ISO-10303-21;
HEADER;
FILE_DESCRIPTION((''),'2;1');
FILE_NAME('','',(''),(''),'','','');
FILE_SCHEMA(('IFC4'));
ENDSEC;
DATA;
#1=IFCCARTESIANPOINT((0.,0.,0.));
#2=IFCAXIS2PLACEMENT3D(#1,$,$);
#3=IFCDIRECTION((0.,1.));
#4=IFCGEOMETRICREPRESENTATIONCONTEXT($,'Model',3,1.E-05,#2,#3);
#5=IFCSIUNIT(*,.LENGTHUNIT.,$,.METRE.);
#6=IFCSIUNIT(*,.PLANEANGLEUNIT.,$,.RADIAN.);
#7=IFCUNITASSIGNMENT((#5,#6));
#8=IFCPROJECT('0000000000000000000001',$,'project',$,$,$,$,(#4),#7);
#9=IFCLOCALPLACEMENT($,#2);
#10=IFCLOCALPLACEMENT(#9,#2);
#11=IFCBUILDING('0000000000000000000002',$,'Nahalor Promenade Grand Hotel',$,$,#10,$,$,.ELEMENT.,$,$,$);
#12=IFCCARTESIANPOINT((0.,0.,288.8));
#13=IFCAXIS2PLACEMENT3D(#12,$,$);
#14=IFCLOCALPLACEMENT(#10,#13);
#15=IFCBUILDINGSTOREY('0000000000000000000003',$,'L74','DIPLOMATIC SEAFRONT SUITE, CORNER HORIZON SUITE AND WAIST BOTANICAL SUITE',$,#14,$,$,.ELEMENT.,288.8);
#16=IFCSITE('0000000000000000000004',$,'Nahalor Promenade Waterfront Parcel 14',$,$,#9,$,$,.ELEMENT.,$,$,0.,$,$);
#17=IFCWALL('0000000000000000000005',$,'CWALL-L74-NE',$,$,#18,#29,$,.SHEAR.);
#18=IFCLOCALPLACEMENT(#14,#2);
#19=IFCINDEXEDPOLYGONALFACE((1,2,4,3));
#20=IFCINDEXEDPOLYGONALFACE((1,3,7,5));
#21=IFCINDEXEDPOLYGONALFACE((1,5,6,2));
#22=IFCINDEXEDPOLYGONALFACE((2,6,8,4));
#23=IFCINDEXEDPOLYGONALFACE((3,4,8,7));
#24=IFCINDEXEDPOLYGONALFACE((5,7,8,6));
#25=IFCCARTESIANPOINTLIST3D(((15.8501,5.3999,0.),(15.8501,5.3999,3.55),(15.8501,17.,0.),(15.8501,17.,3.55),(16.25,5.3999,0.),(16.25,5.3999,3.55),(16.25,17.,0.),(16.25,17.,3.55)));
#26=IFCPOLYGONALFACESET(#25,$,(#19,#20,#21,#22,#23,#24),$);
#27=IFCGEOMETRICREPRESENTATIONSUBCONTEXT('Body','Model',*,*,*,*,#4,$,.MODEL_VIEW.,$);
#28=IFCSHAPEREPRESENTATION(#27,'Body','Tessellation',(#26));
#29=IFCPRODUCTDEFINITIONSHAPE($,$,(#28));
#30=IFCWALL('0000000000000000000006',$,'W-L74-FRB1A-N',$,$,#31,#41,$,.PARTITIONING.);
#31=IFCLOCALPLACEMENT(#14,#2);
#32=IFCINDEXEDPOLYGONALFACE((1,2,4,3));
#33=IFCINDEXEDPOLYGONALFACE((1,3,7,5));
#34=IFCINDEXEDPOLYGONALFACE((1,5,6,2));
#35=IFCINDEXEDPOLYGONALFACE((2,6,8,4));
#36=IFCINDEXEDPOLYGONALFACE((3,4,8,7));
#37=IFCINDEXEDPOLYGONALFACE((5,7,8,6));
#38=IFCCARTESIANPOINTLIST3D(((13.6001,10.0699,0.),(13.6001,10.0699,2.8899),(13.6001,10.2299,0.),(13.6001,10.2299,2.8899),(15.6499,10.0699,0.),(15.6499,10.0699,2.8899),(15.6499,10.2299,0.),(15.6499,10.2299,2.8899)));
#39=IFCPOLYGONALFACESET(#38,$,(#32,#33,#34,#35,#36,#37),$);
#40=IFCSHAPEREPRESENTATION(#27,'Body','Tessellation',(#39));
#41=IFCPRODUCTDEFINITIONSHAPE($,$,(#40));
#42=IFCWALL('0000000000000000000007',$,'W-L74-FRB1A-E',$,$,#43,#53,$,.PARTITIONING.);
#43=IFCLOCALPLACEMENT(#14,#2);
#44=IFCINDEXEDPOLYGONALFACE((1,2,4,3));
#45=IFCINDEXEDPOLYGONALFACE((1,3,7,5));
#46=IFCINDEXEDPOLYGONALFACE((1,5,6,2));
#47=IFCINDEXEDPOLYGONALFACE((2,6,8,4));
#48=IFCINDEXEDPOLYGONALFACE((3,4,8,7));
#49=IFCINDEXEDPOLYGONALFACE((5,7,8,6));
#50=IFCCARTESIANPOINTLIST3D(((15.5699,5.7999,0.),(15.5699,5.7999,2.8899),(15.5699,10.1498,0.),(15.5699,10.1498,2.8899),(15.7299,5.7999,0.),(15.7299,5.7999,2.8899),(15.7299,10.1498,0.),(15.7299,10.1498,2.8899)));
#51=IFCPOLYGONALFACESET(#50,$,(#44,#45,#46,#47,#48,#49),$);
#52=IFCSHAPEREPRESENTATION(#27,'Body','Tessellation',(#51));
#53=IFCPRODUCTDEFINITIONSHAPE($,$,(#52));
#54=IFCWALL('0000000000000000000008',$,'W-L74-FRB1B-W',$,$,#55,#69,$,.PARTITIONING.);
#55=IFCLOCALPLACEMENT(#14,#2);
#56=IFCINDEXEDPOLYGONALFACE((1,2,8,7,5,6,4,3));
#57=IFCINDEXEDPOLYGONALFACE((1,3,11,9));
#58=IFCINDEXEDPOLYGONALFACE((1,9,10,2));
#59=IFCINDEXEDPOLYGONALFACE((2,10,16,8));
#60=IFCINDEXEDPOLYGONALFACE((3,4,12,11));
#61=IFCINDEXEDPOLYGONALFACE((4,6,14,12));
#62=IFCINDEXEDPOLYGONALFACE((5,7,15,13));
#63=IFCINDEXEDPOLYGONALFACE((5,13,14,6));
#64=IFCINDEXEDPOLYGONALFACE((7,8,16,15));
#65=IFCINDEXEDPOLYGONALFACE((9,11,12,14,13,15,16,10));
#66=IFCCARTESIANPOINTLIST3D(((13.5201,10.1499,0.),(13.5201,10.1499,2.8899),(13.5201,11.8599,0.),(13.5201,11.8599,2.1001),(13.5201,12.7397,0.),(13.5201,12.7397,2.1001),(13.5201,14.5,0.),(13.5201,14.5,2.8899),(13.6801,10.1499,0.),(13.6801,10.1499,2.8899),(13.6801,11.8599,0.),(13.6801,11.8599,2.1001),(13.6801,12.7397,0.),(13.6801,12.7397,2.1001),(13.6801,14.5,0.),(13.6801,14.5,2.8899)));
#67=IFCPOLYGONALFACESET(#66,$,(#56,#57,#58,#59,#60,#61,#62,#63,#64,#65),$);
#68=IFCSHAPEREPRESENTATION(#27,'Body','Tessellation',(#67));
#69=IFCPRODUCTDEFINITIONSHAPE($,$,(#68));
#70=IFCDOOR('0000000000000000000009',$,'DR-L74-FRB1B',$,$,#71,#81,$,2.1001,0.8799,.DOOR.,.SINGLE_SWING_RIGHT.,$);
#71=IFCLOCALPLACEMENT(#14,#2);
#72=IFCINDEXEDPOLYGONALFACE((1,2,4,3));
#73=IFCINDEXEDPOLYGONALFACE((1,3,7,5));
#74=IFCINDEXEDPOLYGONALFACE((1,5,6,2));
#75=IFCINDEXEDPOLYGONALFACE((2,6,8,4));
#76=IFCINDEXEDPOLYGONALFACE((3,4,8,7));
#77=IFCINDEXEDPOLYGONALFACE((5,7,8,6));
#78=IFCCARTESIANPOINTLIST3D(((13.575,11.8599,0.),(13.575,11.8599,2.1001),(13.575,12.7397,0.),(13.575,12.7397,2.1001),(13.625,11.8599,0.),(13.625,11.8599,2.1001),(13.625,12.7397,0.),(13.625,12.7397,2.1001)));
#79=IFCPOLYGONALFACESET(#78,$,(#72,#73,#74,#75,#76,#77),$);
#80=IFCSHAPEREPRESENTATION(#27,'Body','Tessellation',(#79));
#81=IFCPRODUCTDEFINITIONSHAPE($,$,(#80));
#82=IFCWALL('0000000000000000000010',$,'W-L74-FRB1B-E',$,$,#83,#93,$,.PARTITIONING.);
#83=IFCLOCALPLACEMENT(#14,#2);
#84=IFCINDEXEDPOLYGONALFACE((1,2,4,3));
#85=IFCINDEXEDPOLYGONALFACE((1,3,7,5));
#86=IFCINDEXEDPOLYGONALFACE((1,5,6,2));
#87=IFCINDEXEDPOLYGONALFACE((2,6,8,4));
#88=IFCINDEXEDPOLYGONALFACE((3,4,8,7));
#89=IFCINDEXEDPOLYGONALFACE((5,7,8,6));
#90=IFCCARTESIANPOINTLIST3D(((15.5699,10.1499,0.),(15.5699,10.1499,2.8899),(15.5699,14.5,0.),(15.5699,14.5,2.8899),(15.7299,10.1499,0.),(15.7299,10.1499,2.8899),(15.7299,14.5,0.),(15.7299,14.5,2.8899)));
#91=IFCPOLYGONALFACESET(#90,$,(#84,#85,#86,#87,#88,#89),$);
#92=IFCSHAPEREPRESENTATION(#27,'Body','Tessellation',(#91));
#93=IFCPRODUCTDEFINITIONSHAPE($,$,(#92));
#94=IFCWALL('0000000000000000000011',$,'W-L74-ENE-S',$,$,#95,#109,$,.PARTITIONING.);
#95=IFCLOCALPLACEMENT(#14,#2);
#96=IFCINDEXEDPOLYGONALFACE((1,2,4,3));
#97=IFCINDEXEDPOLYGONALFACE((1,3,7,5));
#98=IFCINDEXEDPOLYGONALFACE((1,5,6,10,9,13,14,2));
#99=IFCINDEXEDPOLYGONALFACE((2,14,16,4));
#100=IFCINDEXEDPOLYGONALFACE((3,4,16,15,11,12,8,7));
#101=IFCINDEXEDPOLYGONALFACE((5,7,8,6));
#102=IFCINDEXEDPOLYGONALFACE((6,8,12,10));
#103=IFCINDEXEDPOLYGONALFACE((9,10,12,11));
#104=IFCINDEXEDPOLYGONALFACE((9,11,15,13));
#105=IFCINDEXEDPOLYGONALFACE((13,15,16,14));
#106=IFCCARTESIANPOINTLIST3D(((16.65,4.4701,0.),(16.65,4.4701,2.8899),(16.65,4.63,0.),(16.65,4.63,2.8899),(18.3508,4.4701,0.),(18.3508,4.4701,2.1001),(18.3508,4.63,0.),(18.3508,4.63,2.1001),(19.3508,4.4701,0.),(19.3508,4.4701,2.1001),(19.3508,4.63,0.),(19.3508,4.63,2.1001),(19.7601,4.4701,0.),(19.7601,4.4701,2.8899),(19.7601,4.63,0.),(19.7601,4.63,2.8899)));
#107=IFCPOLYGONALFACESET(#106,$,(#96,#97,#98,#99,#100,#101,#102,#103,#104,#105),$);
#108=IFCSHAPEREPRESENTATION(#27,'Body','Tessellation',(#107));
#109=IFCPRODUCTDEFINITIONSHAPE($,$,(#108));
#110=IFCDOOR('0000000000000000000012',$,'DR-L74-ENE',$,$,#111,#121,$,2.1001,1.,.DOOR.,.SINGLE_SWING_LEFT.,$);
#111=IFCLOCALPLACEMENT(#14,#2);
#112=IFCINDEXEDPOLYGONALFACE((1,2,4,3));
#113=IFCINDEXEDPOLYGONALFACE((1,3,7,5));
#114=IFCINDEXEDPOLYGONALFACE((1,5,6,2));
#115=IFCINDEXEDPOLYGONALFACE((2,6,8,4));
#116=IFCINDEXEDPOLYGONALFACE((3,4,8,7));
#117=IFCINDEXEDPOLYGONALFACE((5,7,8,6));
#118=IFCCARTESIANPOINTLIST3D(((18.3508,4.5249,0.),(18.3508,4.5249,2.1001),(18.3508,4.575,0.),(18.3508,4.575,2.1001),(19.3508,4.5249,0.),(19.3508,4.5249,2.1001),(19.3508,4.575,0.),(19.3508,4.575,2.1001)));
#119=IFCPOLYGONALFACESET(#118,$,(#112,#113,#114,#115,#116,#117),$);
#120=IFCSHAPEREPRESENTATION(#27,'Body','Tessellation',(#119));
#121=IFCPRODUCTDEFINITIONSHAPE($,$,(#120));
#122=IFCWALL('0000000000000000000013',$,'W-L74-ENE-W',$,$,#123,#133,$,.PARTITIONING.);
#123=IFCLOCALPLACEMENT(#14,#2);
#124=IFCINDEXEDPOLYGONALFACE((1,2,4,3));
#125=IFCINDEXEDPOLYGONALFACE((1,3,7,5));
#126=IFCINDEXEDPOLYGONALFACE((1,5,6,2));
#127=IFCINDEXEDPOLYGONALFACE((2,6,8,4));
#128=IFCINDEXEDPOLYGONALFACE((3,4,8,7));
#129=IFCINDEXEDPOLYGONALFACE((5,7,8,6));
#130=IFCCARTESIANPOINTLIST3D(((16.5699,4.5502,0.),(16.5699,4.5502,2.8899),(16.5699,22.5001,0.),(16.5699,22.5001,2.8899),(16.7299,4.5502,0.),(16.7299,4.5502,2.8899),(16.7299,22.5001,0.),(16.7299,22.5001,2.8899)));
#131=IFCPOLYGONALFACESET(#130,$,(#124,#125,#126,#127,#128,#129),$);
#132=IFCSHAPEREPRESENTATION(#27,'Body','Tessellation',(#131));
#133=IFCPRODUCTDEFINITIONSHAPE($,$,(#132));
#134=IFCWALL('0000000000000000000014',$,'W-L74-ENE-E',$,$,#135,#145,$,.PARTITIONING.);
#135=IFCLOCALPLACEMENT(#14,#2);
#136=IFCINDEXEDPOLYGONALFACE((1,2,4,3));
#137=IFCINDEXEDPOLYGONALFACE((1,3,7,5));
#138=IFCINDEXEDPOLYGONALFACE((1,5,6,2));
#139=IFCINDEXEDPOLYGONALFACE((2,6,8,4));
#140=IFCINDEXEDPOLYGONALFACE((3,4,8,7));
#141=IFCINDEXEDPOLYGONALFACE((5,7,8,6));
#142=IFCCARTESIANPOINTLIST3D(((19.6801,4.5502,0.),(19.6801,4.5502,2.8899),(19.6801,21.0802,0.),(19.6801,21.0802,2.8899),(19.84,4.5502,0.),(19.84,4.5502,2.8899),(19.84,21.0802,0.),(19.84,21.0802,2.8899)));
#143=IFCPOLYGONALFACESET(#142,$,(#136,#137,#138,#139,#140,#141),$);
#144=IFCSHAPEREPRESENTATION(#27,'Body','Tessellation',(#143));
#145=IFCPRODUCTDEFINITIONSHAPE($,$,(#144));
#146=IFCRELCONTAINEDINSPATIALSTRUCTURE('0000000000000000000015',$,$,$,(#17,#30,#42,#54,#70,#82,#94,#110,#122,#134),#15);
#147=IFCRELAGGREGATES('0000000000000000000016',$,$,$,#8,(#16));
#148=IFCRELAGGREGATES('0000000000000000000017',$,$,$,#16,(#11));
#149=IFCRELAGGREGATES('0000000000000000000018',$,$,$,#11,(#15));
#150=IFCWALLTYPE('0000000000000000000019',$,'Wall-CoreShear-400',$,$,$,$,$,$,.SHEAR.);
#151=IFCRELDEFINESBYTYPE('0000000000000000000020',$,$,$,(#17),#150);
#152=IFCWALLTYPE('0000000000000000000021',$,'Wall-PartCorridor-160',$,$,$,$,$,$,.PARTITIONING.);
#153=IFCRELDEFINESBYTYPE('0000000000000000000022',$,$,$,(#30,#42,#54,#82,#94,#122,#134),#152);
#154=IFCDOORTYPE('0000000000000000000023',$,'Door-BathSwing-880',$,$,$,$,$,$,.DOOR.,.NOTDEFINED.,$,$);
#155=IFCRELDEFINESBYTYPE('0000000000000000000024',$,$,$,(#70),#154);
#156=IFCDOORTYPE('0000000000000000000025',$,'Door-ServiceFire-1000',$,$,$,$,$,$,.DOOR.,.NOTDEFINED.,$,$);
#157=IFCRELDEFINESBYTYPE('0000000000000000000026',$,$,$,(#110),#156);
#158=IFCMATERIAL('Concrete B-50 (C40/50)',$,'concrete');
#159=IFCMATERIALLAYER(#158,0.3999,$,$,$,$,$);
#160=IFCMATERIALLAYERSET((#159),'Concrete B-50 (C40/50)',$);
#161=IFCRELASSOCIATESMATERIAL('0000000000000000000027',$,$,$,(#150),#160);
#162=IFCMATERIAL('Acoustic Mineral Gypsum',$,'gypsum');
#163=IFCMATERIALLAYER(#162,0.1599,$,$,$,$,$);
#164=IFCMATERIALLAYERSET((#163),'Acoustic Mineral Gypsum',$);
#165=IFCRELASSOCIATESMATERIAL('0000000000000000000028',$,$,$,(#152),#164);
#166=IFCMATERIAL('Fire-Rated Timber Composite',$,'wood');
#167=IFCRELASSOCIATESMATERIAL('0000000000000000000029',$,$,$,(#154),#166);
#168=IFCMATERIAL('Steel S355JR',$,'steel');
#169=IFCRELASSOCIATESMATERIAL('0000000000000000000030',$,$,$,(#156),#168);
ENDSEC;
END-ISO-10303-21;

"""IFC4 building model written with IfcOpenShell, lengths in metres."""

from ifc_helpers import new_model, si_unit, direction, frame, frame_2d, origin, place, context, subcontext, project, spatial, rectangle, extrude, source, transform, mapped, material, layer, layer_set, type_object, element, fill, save


model = new_model("IFC4")

# Units and contexts
model_context = context("Model", 3, precision=1e-05, world=origin(), true_north=direction((0.0, 1.0)))
body_context = subcontext(model_context, "Body", "Model", "MODEL_VIEW")
ifc_project = project(units=[si_unit("LENGTHUNIT", "METRE"), si_unit("PLANEANGLEUNIT", "RADIAN")], contexts=[model_context])

# Site, building, storey
site_placement = place(None, origin())
site = spatial("IfcSite", under=ifc_project, at=site_placement, Name="Nahalor Promenade Waterfront Parcel 14", CompositionType="ELEMENT", RefElevation=0.0)
building_placement = place(site_placement, origin())
building = spatial("IfcBuilding", under=site, at=building_placement, Name="Nahalor Promenade Grand Hotel", CompositionType="ELEMENT")
storey_placement = place(building_placement, frame((0.0, 0.0, 288.8)))
storey = spatial("IfcBuildingStorey", under=building, at=storey_placement, Name="L74", Description="DIPLOMATIC SEAFRONT SUITE, CORNER HORIZON SUITE AND WAIST BOTANICAL SUITE", CompositionType="ELEMENT", Elevation=288.8)

# Shared definitions
ifc_material_1 = material(Name="Steel S355JR", Category="steel")

# Walls
ifc_material_2 = material(Name="Concrete B-50 (C40/50)", Category="concrete")
ifc_layer_1 = layer(ifc_material_2, 0.3999)
ifc_layer_set_1 = layer_set([ifc_layer_1], Name="Concrete B-50 (C40/50)")
wall_type_1 = type_object("IfcWallType", Name="Wall-CoreShear-400", PredefinedType="SHEAR", material=ifc_layer_set_1)
shared_shape_1 = source(origin(), body_context, "Body", "SweptSolid", [
    extrude(rectangle(XDim=11.6001, YDim=0.3999, at=frame_2d((5.8, 0.0))), origin(), (0.0, 0.0, 1.0), 3.55),
])
wall_1_placement = place(storey_placement, frame((16.05, 5.3999, 0.0), z_axis=(0.0, 0.0, 1.0), x_axis=(0.0, 1.0, 0.0)))
element("IfcWall", 1, at=wall_1_placement, inside=storey, type_object=wall_type_1, Name="CWALL-L74-NE", PredefinedType="SHEAR", context=body_context, shape_type="MappedRepresentation", body=[
    mapped(shared_shape_1, transform((0.0, 0.0, 0.0), scale=1.0)),
])
ifc_material_3 = material(Name="Acoustic Mineral Gypsum", Category="gypsum")
ifc_layer_2 = layer(ifc_material_3, 0.1599)
ifc_layer_set_2 = layer_set([ifc_layer_2], Name="Acoustic Mineral Gypsum")
wall_type_2 = type_object("IfcWallType", Name="Wall-PartCorridor-160", PredefinedType="PARTITIONING", material=ifc_layer_set_2)
shared_shape_2 = source(origin(), body_context, "Body", "SweptSolid", [
    extrude(rectangle(XDim=2.0498, YDim=0.1599, at=frame_2d((1.0249, 0.0))), origin(), (0.0, 0.0, 1.0), 2.8899),
])
wall_2_placement = place(storey_placement, frame((13.6001, 10.1499, 0.0), z_axis=(0.0, 0.0, 1.0), x_axis=(1.0, 0.0, 0.0)))
element("IfcWall", 2, at=wall_2_placement, inside=storey, type_object=wall_type_2, Name="W-L74-FRB1A-N", PredefinedType="PARTITIONING", context=body_context, shape_type="MappedRepresentation", body=[
    mapped(shared_shape_2, transform((0.0, 0.0, 0.0), scale=1.0)),
])
shared_shape_3 = source(origin(), body_context, "Body", "SweptSolid", [
    extrude(rectangle(XDim=4.3499, YDim=0.1599, at=frame_2d((2.1748, 0.0))), origin(), (0.0, 0.0, 1.0), 2.8899),
])
wall_3_placement = place(storey_placement, frame((15.6499, 5.8, 0.0), z_axis=(0.0, 0.0, 1.0), x_axis=(0.0, 1.0, 0.0)))
element("IfcWall", 3, at=wall_3_placement, inside=storey, type_object=wall_type_2, Name="W-L74-FRB1A-E", PredefinedType="PARTITIONING", context=body_context, shape_type="MappedRepresentation", body=[
    mapped(shared_shape_3, transform((0.0, 0.0, 0.0), scale=1.0)),
])

# Wall, opening, door
shared_shape_4 = source(origin(), body_context, "Body", "SweptSolid", [
    extrude(rectangle(XDim=4.3501, YDim=0.1599, at=frame_2d((2.175, 0.0))), origin(), (0.0, 0.0, 1.0), 2.8899),
])
wall_4_placement = place(storey_placement, frame((13.6001, 10.1499, 0.0), z_axis=(0.0, 0.0, 1.0), x_axis=(0.0, 1.0, 0.0)))
wall_4 = element("IfcWall", 4, at=wall_4_placement, inside=storey, type_object=wall_type_2, Name="W-L74-FRB1B-W", PredefinedType="PARTITIONING", context=body_context, shape_type="MappedRepresentation", body=[
    mapped(shared_shape_4, transform((0.0, 0.0, 0.0), scale=1.0)),
])
opening_1_placement = place(wall_4_placement, frame((1.71, 0.0, 0.0)))
opening_1 = element("IfcOpeningElement", 5, at=opening_1_placement, cuts=wall_4, PredefinedType="OPENING", context=body_context, shape_type="SweptSolid", body=[
    extrude(rectangle(XDim=0.8799, YDim=2.1001, at=frame_2d((0.4399, 1.05))), frame((0.0, 0.0898, 0.0), z_axis=(0.0, -1.0, 0.0), x_axis=(1.0, 0.0, 0.0)), (0.0, 0.0, 1.0), 0.1799),
])
ifc_material_4 = material(Name="Fire-Rated Timber Composite", Category="wood")
door_type_1 = type_object("IfcDoorType", Name="Door-BathSwing-880", OperationType="NOTDEFINED", PredefinedType="DOOR", material=ifc_material_4)
shared_shape_5 = source(origin(), body_context, "Body", "SweptSolid", [
    extrude(rectangle(XDim=0.8799, YDim=2.1001, at=frame_2d((0.4399, 1.05))), frame((0.0, 0.0249, 0.0), z_axis=(0.0, -1.0, 0.0), x_axis=(1.0, 0.0, 0.0)), (0.0, 0.0, 1.0), 0.05),
])
door_1_placement = place(opening_1_placement, frame((0.8799, 0.0, 0.0), z_axis=(0.0, 0.0, 1.0), x_axis=(-1.0, 0.0, 0.0)))
door_1 = element("IfcDoor", 6, at=door_1_placement, inside=storey, type_object=door_type_1, Name="DR-L74-FRB1B", OperationType="SINGLE_SWING_RIGHT", OverallHeight=2.1001, OverallWidth=0.8799, PredefinedType="DOOR", context=body_context, shape_type="MappedRepresentation", body=[
    mapped(shared_shape_5, transform((0.0, 0.0, 0.0), scale=1.0)),
])
fill(opening_1, door_1)

# Wall
wall_5_placement = place(storey_placement, frame((15.6499, 10.1499, 0.0), z_axis=(0.0, 0.0, 1.0), x_axis=(0.0, 1.0, 0.0)))
element("IfcWall", 7, at=wall_5_placement, inside=storey, type_object=wall_type_2, Name="W-L74-FRB1B-E", PredefinedType="PARTITIONING", context=body_context, shape_type="MappedRepresentation", body=[
    mapped(shared_shape_4, transform((0.0, 0.0, 0.0), scale=1.0)),
])

# Wall, opening, door
shared_shape_6 = source(origin(), body_context, "Body", "SweptSolid", [
    extrude(rectangle(XDim=3.1101, YDim=0.1599, at=frame_2d((1.5552, 0.0))), origin(), (0.0, 0.0, 1.0), 2.8899),
])
wall_6_placement = place(storey_placement, frame((16.6499, 4.55, 0.0), z_axis=(0.0, 0.0, 1.0), x_axis=(1.0, 0.0, 0.0)))
wall_6 = element("IfcWall", 8, at=wall_6_placement, inside=storey, type_object=wall_type_2, Name="W-L74-ENE-S", PredefinedType="PARTITIONING", context=body_context, shape_type="MappedRepresentation", body=[
    mapped(shared_shape_6, transform((0.0, 0.0, 0.0), scale=1.0)),
])
opening_2_placement = place(wall_6_placement, frame((1.7009, 0.0, 0.0)))
opening_2 = element("IfcOpeningElement", 9, at=opening_2_placement, cuts=wall_6, PredefinedType="OPENING", context=body_context, shape_type="SweptSolid", body=[
    extrude(rectangle(XDim=1.0, YDim=2.1001, at=frame_2d((0.5, 1.05))), frame((0.0, 0.0898, 0.0), z_axis=(0.0, -1.0, 0.0), x_axis=(1.0, 0.0, 0.0)), (0.0, 0.0, 1.0), 0.1799),
])
door_type_2 = type_object("IfcDoorType", Name="Door-ServiceFire-1000", OperationType="NOTDEFINED", PredefinedType="DOOR", material=ifc_material_1)
shared_shape_7 = source(origin(), body_context, "Body", "SweptSolid", [
    extrude(rectangle(XDim=1.0, YDim=2.1001, at=frame_2d((0.5, 1.05))), frame((0.0, 0.0249, 0.0), z_axis=(0.0, -1.0, 0.0), x_axis=(1.0, 0.0, 0.0)), (0.0, 0.0, 1.0), 0.05),
])
door_2_placement = place(opening_2_placement, origin())
door_2 = element("IfcDoor", 10, at=door_2_placement, inside=storey, type_object=door_type_2, Name="DR-L74-ENE", OperationType="SINGLE_SWING_LEFT", OverallHeight=2.1001, OverallWidth=1.0, PredefinedType="DOOR", context=body_context, shape_type="MappedRepresentation", body=[
    mapped(shared_shape_7, transform((0.0, 0.0, 0.0), scale=1.0)),
])
fill(opening_2, door_2)

# Walls
shared_shape_8 = source(origin(), body_context, "Body", "SweptSolid", [
    extrude(rectangle(XDim=17.95, YDim=0.1599, at=frame_2d((8.9751, 0.0))), origin(), (0.0, 0.0, 1.0), 2.8899),
])
wall_7_placement = place(storey_placement, frame((16.6499, 4.55, 0.0), z_axis=(0.0, 0.0, 1.0), x_axis=(0.0, 1.0, 0.0)))
element("IfcWall", 11, at=wall_7_placement, inside=storey, type_object=wall_type_2, Name="W-L74-ENE-W", PredefinedType="PARTITIONING", context=body_context, shape_type="MappedRepresentation", body=[
    mapped(shared_shape_8, transform((0.0, 0.0, 0.0), scale=1.0)),
])
shared_shape_9 = source(origin(), body_context, "Body", "SweptSolid", [
    extrude(rectangle(XDim=16.53, YDim=0.1599, at=frame_2d((8.2651, 0.0))), origin(), (0.0, 0.0, 1.0), 2.8899),
])
wall_8_placement = place(storey_placement, frame((19.76, 4.55, 0.0), z_axis=(0.0, 0.0, 1.0), x_axis=(0.0, 1.0, 0.0)))
element("IfcWall", 12, at=wall_8_placement, inside=storey, type_object=wall_type_2, Name="W-L74-ENE-E", PredefinedType="PARTITIONING", context=body_context, shape_type="MappedRepresentation", body=[
    mapped(shared_shape_9, transform((0.0, 0.0, 0.0), scale=1.0)),
])

save(model, "model.ifc")
